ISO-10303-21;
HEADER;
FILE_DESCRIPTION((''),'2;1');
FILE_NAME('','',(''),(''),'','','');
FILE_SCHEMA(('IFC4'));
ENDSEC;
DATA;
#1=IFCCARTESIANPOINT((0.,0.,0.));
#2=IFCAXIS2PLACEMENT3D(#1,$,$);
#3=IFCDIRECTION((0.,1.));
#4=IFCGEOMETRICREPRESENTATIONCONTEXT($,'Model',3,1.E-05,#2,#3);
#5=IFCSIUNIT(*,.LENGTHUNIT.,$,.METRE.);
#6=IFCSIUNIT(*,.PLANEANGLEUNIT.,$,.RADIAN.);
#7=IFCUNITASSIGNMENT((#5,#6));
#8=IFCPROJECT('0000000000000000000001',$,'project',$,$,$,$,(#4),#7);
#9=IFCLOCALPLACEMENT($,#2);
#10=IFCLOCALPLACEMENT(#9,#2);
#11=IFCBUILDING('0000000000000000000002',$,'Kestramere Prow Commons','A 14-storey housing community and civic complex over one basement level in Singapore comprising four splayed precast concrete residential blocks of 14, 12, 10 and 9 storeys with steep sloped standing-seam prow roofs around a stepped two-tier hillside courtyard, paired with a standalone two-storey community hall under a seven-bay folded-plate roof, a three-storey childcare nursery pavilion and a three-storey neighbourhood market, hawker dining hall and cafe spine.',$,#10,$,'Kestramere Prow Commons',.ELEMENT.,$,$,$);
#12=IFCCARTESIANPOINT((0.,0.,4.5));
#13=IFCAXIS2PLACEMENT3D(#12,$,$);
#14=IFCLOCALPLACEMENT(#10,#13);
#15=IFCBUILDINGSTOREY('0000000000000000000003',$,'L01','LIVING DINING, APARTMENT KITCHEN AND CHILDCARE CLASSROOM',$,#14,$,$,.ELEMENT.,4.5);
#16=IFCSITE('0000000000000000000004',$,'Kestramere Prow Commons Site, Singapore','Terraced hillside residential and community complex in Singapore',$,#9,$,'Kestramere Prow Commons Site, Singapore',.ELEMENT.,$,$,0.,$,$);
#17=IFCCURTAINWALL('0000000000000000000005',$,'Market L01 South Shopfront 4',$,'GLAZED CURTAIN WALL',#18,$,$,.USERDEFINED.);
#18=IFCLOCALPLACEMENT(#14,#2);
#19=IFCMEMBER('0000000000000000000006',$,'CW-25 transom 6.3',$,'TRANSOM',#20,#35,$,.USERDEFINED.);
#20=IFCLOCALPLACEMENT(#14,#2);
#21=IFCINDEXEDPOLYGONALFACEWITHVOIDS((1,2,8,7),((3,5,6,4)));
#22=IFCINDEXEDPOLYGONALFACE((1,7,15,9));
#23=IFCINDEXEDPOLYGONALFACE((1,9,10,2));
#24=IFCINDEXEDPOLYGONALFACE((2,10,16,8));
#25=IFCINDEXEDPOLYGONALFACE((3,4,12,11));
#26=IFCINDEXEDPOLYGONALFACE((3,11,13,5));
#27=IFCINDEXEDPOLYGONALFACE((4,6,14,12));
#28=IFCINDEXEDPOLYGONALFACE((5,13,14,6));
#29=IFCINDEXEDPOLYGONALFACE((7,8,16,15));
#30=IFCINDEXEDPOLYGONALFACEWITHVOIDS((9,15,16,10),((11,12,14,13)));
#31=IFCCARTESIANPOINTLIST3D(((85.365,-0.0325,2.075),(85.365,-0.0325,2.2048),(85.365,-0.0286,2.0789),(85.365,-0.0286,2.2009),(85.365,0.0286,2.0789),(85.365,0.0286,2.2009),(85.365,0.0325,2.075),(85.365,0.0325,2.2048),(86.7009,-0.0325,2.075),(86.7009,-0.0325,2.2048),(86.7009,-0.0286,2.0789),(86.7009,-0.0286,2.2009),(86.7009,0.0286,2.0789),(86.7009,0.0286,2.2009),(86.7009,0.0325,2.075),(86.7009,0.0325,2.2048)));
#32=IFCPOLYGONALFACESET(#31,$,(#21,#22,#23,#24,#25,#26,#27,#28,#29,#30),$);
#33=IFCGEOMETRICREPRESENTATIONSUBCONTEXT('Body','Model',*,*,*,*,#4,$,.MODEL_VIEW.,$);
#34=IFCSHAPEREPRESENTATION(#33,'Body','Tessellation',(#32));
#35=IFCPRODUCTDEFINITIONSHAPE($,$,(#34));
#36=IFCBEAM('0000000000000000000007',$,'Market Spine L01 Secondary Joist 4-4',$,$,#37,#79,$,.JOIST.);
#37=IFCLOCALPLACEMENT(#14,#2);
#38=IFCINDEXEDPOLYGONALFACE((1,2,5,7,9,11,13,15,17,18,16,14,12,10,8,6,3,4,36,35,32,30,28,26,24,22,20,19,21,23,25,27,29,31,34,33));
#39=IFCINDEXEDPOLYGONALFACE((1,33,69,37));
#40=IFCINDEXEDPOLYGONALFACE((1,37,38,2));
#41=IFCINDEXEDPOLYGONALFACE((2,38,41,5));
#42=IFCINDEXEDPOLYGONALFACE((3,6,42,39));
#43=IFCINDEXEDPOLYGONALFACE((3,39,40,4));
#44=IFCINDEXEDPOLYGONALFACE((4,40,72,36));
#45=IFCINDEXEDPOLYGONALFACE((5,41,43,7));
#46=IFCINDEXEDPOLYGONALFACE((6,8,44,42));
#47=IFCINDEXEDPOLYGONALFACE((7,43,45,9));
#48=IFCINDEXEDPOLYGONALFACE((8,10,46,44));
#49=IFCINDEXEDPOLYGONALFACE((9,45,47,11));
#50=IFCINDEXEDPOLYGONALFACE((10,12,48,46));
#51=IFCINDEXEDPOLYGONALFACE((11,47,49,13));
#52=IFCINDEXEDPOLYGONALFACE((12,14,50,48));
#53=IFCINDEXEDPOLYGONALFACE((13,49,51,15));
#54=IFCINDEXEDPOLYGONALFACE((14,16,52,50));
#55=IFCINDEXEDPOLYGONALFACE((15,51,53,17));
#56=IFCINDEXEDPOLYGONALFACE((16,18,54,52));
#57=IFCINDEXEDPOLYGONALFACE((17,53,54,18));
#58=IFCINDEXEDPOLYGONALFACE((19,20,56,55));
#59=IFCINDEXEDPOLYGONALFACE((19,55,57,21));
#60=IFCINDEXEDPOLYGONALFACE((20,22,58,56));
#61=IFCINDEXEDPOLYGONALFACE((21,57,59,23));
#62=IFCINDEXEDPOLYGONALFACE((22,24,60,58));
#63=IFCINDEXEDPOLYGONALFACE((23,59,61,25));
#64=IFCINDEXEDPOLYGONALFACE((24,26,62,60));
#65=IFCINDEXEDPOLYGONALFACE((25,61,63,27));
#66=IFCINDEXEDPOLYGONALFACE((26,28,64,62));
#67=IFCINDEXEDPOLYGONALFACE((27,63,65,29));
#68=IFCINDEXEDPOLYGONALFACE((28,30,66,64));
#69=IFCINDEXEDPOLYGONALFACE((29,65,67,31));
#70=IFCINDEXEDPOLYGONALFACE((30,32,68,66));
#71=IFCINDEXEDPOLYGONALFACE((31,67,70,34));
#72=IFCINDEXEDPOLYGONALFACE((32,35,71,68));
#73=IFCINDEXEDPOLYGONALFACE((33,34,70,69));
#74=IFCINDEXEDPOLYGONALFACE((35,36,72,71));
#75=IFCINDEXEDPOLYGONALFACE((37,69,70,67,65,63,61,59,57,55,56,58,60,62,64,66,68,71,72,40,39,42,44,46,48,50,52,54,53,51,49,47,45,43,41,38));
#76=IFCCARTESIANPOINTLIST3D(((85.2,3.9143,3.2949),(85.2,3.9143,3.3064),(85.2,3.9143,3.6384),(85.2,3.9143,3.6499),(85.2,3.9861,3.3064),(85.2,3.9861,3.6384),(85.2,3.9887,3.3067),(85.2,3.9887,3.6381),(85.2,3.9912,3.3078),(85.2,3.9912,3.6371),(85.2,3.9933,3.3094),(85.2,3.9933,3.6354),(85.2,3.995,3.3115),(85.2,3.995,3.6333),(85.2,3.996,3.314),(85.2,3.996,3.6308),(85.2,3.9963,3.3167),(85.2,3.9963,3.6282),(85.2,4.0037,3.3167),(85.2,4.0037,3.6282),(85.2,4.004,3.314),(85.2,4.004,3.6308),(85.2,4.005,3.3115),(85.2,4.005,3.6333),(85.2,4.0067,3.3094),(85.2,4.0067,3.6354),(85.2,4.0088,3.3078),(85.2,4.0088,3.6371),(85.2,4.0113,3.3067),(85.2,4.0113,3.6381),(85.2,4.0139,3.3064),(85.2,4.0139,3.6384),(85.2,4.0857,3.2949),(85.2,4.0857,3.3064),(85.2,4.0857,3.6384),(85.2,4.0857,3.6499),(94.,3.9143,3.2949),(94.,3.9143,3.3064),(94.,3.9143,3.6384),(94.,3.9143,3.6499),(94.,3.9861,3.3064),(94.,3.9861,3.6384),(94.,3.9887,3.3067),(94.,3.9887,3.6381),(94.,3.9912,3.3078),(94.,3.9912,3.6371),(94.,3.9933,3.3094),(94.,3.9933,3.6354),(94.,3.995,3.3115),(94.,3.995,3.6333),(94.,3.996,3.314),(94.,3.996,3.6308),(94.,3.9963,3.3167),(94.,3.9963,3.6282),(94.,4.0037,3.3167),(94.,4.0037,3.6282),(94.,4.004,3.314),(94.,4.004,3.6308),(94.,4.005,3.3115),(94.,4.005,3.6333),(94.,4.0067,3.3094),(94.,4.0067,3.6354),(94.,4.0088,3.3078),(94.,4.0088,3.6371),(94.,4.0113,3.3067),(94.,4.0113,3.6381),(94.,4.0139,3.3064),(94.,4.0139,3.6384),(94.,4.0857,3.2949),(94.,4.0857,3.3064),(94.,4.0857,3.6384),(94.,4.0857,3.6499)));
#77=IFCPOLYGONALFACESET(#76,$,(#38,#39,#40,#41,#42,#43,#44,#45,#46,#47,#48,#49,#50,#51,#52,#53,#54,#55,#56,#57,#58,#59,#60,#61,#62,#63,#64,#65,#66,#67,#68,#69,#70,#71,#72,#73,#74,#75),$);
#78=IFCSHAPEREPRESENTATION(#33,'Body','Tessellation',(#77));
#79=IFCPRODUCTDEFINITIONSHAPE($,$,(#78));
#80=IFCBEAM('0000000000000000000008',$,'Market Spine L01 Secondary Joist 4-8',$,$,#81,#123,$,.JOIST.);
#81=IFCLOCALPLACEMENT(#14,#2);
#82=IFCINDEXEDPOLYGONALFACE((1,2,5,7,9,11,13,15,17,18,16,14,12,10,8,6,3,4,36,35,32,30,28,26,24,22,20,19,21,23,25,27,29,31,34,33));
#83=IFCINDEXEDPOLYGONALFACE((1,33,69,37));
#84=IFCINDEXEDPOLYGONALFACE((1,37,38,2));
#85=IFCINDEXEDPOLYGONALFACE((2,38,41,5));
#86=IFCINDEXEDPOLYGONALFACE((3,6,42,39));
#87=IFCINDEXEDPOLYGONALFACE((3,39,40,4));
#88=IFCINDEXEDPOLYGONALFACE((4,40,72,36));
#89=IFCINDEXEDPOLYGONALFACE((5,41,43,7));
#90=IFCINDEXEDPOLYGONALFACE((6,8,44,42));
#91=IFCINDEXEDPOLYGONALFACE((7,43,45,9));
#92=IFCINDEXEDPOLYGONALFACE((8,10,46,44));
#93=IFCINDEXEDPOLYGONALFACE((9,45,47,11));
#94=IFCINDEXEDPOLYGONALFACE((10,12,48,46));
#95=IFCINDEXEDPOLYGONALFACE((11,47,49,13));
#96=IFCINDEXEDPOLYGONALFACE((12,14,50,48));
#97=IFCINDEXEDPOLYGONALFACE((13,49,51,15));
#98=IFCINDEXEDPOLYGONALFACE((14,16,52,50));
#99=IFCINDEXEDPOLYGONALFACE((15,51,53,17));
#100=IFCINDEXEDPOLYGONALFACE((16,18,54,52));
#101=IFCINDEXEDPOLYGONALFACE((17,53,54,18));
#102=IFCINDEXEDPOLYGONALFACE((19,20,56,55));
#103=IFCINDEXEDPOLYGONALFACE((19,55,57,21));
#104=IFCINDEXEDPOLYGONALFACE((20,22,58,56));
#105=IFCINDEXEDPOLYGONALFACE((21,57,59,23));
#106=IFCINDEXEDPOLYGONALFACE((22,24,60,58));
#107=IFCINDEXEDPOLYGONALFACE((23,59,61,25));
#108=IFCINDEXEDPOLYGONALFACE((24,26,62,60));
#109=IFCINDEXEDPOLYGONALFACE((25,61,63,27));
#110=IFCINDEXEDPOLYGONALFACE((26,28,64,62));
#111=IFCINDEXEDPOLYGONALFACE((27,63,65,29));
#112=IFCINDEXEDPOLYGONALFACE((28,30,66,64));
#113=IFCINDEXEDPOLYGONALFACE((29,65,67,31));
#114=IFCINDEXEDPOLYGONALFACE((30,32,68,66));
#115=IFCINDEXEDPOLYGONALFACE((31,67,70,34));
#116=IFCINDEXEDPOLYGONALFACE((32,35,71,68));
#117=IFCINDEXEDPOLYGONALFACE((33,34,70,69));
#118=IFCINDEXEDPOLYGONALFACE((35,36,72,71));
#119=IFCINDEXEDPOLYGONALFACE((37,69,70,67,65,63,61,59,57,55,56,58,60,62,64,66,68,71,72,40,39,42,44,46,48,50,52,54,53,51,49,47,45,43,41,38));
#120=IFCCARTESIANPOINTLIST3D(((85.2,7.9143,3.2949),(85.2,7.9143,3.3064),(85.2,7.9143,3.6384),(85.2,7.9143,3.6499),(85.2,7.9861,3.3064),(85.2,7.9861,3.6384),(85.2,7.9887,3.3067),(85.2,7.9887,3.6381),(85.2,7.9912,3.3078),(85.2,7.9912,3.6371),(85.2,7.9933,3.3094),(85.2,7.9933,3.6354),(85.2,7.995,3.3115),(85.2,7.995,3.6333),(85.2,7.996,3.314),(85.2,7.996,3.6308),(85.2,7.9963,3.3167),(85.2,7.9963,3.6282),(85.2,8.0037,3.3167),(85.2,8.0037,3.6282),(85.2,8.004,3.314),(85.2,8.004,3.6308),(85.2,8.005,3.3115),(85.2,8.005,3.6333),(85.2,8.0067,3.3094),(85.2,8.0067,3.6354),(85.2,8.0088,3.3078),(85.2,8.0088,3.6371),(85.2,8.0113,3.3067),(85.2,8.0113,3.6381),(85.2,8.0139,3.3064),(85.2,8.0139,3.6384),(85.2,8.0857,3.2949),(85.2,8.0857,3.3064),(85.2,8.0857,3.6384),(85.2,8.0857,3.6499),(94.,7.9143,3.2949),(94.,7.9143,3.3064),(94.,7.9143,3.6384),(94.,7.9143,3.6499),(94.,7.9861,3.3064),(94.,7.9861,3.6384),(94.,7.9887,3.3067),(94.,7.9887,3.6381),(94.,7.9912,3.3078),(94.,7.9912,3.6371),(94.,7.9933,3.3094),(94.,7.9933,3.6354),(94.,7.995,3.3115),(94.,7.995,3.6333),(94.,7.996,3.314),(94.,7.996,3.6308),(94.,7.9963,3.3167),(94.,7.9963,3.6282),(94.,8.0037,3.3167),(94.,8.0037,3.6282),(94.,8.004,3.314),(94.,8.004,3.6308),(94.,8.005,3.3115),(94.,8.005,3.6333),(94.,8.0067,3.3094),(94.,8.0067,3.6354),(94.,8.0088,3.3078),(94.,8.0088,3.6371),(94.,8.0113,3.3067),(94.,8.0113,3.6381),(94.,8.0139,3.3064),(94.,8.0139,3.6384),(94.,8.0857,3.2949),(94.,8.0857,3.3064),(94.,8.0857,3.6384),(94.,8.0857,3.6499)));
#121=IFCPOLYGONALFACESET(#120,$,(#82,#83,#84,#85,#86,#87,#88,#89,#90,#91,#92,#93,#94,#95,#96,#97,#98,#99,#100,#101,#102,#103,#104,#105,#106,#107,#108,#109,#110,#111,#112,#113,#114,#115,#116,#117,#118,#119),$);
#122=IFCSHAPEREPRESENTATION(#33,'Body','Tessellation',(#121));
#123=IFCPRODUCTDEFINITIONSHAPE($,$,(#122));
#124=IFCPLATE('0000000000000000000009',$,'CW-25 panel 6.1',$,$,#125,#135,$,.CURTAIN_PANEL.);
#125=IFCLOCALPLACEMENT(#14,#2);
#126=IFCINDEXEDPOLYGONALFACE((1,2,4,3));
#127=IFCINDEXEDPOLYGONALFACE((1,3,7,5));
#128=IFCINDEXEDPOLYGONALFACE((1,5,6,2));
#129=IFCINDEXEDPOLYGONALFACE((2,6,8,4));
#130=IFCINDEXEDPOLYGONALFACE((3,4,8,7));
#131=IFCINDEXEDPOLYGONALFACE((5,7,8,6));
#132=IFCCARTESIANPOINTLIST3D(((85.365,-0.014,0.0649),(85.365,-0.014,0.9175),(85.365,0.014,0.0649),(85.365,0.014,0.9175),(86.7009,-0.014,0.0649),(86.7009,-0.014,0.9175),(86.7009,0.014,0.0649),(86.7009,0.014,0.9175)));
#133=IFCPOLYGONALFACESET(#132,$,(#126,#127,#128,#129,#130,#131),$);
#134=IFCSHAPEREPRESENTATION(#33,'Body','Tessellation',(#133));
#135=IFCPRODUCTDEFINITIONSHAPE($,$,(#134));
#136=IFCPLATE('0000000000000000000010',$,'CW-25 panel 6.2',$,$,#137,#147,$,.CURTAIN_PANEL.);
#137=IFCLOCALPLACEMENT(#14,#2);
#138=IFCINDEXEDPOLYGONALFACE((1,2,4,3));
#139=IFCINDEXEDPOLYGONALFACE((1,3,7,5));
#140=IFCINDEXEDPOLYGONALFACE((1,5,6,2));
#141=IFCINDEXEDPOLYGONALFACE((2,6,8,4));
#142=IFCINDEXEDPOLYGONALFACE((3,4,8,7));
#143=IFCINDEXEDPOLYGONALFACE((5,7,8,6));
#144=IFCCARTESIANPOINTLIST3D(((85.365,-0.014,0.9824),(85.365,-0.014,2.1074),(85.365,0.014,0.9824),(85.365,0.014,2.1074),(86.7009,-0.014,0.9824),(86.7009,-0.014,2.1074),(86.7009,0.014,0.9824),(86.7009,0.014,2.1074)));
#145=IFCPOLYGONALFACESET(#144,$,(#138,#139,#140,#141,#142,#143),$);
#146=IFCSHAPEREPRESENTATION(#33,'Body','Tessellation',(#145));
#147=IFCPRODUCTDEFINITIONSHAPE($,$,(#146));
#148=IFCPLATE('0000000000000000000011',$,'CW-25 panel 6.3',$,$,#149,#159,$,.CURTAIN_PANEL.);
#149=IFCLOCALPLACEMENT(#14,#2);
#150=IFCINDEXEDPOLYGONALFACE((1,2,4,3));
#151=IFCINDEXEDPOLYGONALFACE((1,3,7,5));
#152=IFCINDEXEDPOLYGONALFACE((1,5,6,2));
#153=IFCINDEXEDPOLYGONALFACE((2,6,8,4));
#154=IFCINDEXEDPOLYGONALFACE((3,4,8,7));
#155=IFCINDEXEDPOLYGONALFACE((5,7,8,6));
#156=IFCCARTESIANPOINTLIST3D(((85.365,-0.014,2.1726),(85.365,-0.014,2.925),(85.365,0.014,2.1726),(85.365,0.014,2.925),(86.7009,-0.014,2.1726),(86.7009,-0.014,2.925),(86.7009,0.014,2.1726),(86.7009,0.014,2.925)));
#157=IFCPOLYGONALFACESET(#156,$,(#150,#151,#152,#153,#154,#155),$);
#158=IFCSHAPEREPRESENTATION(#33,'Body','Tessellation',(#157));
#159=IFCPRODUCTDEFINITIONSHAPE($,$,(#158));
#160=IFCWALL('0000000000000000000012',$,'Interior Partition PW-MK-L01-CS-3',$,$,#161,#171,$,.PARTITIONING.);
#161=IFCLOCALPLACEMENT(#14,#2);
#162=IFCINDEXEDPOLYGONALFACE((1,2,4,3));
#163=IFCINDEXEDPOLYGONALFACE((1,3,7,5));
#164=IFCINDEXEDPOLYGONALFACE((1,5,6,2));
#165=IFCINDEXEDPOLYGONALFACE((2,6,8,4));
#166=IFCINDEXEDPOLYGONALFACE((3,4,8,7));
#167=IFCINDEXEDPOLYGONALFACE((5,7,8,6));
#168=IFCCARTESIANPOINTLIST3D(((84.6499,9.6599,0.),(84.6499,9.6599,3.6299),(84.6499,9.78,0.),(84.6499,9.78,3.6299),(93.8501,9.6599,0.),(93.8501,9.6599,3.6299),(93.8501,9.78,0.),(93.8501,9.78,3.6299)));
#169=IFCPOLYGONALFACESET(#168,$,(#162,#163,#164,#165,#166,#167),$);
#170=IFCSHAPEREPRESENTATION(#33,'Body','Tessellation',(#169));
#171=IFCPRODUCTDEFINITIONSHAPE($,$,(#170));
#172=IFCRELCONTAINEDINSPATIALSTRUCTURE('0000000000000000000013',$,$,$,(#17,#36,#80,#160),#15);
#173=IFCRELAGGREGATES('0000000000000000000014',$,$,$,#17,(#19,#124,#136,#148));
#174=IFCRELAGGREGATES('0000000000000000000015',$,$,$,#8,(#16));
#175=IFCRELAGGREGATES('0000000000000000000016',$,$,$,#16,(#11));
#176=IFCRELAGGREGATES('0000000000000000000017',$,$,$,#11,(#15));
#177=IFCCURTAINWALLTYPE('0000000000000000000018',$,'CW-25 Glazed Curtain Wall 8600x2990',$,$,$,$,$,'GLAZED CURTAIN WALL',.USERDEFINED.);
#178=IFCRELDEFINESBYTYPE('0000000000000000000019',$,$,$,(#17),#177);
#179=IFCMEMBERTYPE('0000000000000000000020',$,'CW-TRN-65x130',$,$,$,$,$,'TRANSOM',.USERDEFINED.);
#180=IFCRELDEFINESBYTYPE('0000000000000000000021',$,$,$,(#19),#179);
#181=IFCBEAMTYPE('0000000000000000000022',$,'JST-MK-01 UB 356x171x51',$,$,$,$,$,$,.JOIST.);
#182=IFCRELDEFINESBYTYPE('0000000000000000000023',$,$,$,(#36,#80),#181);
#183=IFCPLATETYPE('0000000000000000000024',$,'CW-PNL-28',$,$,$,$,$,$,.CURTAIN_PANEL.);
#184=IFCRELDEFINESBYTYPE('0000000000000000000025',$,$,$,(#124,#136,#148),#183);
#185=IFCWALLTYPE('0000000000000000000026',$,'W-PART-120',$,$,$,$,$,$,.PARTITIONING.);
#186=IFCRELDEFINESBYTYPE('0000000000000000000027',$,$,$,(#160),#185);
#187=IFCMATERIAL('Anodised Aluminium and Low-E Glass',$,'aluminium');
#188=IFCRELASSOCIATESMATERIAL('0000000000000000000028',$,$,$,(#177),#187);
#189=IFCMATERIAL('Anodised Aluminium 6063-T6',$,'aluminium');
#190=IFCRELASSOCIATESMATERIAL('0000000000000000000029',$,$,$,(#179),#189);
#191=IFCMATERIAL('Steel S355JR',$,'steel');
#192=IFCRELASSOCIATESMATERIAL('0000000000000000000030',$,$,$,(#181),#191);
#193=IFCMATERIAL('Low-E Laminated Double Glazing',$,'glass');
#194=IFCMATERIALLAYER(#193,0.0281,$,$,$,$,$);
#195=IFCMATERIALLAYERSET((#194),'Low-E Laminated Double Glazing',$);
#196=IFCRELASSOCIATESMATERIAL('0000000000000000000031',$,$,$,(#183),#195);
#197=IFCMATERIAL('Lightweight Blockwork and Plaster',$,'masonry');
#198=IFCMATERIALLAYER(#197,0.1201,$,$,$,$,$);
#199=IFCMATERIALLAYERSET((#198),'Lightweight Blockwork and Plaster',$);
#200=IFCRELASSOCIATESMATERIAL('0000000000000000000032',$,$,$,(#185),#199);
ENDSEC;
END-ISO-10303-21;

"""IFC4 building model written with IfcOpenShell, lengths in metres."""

from ifc_helpers import new_model, si_unit, direction, frame, frame_2d, origin, origin_2d, place, context, subcontext, project, spatial, rectangle, hollow_rectangle, i_section, extrude, material, layer, layer_set, material_profile, profile_set, type_object, element, aggregate, save


model = new_model("IFC4")

# Units and contexts
model_context = context("Model", 3, precision=1e-05, world=origin(), true_north=direction((0.0, 1.0)))
body_context = subcontext(model_context, "Body", "Model", "MODEL_VIEW")
ifc_project = project(units=[si_unit("LENGTHUNIT", "METRE"), si_unit("PLANEANGLEUNIT", "RADIAN")], contexts=[model_context])

# Site, building, storey
site_placement = place(None, origin())
site = spatial("IfcSite", under=ifc_project, at=site_placement, Name="Kestramere Prow Commons Site, Singapore", Description="Terraced hillside residential and community complex in Singapore", LongName="Kestramere Prow Commons Site, Singapore", CompositionType="ELEMENT", RefElevation=0.0)
building_placement = place(site_placement, origin())
building = spatial("IfcBuilding", under=site, at=building_placement, Name="Kestramere Prow Commons", Description="A 14-storey housing community and civic complex over one basement level in Singapore comprising four splayed precast concrete residential blocks of 14, 12, 10 and 9 storeys with steep sloped standing-seam prow roofs around a stepped two-tier hillside courtyard, paired with a standalone two-storey community hall under a seven-bay folded-plate roof, a three-storey childcare nursery pavilion and a three-storey neighbourhood market, hawker dining hall and cafe spine.", LongName="Kestramere Prow Commons", CompositionType="ELEMENT")
storey_placement = place(building_placement, frame((0.0, 0.0, 4.5)))
storey = spatial("IfcBuildingStorey", under=building, at=storey_placement, Name="L01", Description="LIVING DINING, APARTMENT KITCHEN AND CHILDCARE CLASSROOM", CompositionType="ELEMENT", Elevation=4.5)

# Curtain wall
ifc_material_1 = material(Name="Anodised Aluminium and Low-E Glass", Category="aluminium")
curtain_wall_type = type_object("IfcCurtainWallType", Name="CW-25 Glazed Curtain Wall 8600x2990", ElementType="GLAZED CURTAIN WALL", PredefinedType="USERDEFINED", material=ifc_material_1)
ifc_material_2 = material(Name="Anodised Aluminium 6063-T6", Category="aluminium")
curtain_wall_1_placement = place(storey_placement, origin())
curtain_wall_1 = element("IfcCurtainWall", 1, at=curtain_wall_1_placement, inside=storey, type_object=curtain_wall_type, Name="Market L01 South Shopfront 4", ObjectType="GLAZED CURTAIN WALL", PredefinedType="USERDEFINED")

# Member
ifc_material_profile_1 = material_profile(ifc_material_2, hollow_rectangle(XDim=0.0649, YDim=0.1299, WallThickness=0.0039, at=origin_2d()), Name="ALU-TRN 65x130")
ifc_profile_set_1 = profile_set([ifc_material_profile_1], Name="Anodised Aluminium 6063-T6")
member_type_1 = type_object("IfcMemberType", Name="CW-TRN-65x130", ElementType="TRANSOM", PredefinedType="USERDEFINED", material=ifc_profile_set_1)
member_1_placement = place(storey_placement, frame((86.7009, 0.0, 2.1399), z_axis=(-1.0, 0.0, 0.0), x_axis=(0.0, -1.0, 0.0)))
member_1 = element("IfcMember", 2, at=member_1_placement, type_object=member_type_1, Name="CW-25 transom 6.3", ObjectType="TRANSOM", PredefinedType="USERDEFINED", context=body_context, shape_type="SweptSolid", body=[
    extrude(hollow_rectangle(XDim=0.0649, YDim=0.1299, WallThickness=0.0039, at=origin_2d()), origin(), (0.0, 0.0, 1.0), 1.3359),
])

# Beams
ifc_material_3 = material(Name="Steel S355JR", Category="steel")
ifc_material_profile_2 = material_profile(ifc_material_3, i_section(OverallWidth=0.1714, OverallDepth=0.355, WebThickness=0.0073, FlangeThickness=0.0115, FilletRadius=0.0103, at=origin_2d()), Name="UB 356x171x51")
ifc_profile_set_2 = profile_set([ifc_material_profile_2], Name="Steel S355JR")
beam_type_1 = type_object("IfcBeamType", Name="JST-MK-01 UB 356x171x51", PredefinedType="JOIST", material=ifc_profile_set_2)
for number, where, z_axis, x_axis, name in (
    (3, (85.2, 4.0, 3.4724), (1.0, 0.0, 0.0), (0.0, 1.0, 0.0), "Market Spine L01 Secondary Joist 4-4"),
    (4, (85.2, 8.0, 3.4724), (1.0, 0.0, 0.0), (0.0, 1.0, 0.0), "Market Spine L01 Secondary Joist 4-8"),
):
    element("IfcBeam", number, at=place(storey_placement, frame(where, z_axis=z_axis, x_axis=x_axis)), inside=storey, type_object=beam_type_1, Name=name, PredefinedType="JOIST", context=body_context, shape_type="SweptSolid", body=[
        extrude(i_section(OverallWidth=0.1714, OverallDepth=0.355, WebThickness=0.0073, FlangeThickness=0.0115, FilletRadius=0.0103, at=origin_2d()), origin(), (0.0, 0.0, 1.0), 8.8),
    ])

# Plates
ifc_material_4 = material(Name="Low-E Laminated Double Glazing", Category="glass")
ifc_layer_1 = layer(ifc_material_4, 0.0281)
ifc_layer_set_1 = layer_set([ifc_layer_1], Name="Low-E Laminated Double Glazing")
plate_type = type_object("IfcPlateType", Name="CW-PNL-28", PredefinedType="CURTAIN_PANEL", material=ifc_layer_set_1)
plate_1_placement = place(storey_placement, frame((86.033, 0.0, 0.0649), z_axis=(0.0, 0.0, 1.0), x_axis=(-1.0, 0.0, 0.0)))
plate_1 = element("IfcPlate", 5, at=plate_1_placement, type_object=plate_type, Name="CW-25 panel 6.1", PredefinedType="CURTAIN_PANEL", context=body_context, shape_type="SweptSolid", body=[
    extrude(rectangle(XDim=1.3359, YDim=0.0281, at=origin_2d()), origin(), (0.0, 0.0, 1.0), 0.8525),
])
plate_2_placement = place(storey_placement, frame((86.033, 0.0, 0.9824), z_axis=(0.0, 0.0, 1.0), x_axis=(-1.0, 0.0, 0.0)))
plate_2 = element("IfcPlate", 6, at=plate_2_placement, type_object=plate_type, Name="CW-25 panel 6.2", PredefinedType="CURTAIN_PANEL", context=body_context, shape_type="SweptSolid", body=[
    extrude(rectangle(XDim=1.3359, YDim=0.0281, at=origin_2d()), origin(), (0.0, 0.0, 1.0), 1.125),
])
plate_3_placement = place(storey_placement, frame((86.033, 0.0, 2.1726), z_axis=(0.0, 0.0, 1.0), x_axis=(-1.0, 0.0, 0.0)))
plate_3 = element("IfcPlate", 7, at=plate_3_placement, type_object=plate_type, Name="CW-25 panel 6.3", PredefinedType="CURTAIN_PANEL", context=body_context, shape_type="SweptSolid", body=[
    extrude(rectangle(XDim=1.3359, YDim=0.0281, at=origin_2d()), origin(), (0.0, 0.0, 1.0), 0.7524),
])
aggregate(curtain_wall_1, [member_1, plate_1, plate_2, plate_3])

# Wall
ifc_material_5 = material(Name="Lightweight Blockwork and Plaster", Category="masonry")
ifc_layer_2 = layer(ifc_material_5, 0.1201)
ifc_layer_set_2 = layer_set([ifc_layer_2], Name="Lightweight Blockwork and Plaster")
wall_type = type_object("IfcWallType", Name="W-PART-120", PredefinedType="PARTITIONING", material=ifc_layer_set_2)
wall_1_placement = place(storey_placement, frame((84.6499, 9.72, 0.0), z_axis=(0.0, 0.0, 1.0), x_axis=(1.0, 0.0, 0.0)))
element("IfcWall", 8, at=wall_1_placement, inside=storey, type_object=wall_type, Name="Interior Partition PW-MK-L01-CS-3", PredefinedType="PARTITIONING", context=body_context, shape_type="SweptSolid", body=[
    extrude(rectangle(XDim=9.2002, YDim=0.1201, at=frame_2d((4.6001, 0.0))), origin(), (0.0, 0.0, 1.0), 3.6299),
])

save(model, "model.ifc")
